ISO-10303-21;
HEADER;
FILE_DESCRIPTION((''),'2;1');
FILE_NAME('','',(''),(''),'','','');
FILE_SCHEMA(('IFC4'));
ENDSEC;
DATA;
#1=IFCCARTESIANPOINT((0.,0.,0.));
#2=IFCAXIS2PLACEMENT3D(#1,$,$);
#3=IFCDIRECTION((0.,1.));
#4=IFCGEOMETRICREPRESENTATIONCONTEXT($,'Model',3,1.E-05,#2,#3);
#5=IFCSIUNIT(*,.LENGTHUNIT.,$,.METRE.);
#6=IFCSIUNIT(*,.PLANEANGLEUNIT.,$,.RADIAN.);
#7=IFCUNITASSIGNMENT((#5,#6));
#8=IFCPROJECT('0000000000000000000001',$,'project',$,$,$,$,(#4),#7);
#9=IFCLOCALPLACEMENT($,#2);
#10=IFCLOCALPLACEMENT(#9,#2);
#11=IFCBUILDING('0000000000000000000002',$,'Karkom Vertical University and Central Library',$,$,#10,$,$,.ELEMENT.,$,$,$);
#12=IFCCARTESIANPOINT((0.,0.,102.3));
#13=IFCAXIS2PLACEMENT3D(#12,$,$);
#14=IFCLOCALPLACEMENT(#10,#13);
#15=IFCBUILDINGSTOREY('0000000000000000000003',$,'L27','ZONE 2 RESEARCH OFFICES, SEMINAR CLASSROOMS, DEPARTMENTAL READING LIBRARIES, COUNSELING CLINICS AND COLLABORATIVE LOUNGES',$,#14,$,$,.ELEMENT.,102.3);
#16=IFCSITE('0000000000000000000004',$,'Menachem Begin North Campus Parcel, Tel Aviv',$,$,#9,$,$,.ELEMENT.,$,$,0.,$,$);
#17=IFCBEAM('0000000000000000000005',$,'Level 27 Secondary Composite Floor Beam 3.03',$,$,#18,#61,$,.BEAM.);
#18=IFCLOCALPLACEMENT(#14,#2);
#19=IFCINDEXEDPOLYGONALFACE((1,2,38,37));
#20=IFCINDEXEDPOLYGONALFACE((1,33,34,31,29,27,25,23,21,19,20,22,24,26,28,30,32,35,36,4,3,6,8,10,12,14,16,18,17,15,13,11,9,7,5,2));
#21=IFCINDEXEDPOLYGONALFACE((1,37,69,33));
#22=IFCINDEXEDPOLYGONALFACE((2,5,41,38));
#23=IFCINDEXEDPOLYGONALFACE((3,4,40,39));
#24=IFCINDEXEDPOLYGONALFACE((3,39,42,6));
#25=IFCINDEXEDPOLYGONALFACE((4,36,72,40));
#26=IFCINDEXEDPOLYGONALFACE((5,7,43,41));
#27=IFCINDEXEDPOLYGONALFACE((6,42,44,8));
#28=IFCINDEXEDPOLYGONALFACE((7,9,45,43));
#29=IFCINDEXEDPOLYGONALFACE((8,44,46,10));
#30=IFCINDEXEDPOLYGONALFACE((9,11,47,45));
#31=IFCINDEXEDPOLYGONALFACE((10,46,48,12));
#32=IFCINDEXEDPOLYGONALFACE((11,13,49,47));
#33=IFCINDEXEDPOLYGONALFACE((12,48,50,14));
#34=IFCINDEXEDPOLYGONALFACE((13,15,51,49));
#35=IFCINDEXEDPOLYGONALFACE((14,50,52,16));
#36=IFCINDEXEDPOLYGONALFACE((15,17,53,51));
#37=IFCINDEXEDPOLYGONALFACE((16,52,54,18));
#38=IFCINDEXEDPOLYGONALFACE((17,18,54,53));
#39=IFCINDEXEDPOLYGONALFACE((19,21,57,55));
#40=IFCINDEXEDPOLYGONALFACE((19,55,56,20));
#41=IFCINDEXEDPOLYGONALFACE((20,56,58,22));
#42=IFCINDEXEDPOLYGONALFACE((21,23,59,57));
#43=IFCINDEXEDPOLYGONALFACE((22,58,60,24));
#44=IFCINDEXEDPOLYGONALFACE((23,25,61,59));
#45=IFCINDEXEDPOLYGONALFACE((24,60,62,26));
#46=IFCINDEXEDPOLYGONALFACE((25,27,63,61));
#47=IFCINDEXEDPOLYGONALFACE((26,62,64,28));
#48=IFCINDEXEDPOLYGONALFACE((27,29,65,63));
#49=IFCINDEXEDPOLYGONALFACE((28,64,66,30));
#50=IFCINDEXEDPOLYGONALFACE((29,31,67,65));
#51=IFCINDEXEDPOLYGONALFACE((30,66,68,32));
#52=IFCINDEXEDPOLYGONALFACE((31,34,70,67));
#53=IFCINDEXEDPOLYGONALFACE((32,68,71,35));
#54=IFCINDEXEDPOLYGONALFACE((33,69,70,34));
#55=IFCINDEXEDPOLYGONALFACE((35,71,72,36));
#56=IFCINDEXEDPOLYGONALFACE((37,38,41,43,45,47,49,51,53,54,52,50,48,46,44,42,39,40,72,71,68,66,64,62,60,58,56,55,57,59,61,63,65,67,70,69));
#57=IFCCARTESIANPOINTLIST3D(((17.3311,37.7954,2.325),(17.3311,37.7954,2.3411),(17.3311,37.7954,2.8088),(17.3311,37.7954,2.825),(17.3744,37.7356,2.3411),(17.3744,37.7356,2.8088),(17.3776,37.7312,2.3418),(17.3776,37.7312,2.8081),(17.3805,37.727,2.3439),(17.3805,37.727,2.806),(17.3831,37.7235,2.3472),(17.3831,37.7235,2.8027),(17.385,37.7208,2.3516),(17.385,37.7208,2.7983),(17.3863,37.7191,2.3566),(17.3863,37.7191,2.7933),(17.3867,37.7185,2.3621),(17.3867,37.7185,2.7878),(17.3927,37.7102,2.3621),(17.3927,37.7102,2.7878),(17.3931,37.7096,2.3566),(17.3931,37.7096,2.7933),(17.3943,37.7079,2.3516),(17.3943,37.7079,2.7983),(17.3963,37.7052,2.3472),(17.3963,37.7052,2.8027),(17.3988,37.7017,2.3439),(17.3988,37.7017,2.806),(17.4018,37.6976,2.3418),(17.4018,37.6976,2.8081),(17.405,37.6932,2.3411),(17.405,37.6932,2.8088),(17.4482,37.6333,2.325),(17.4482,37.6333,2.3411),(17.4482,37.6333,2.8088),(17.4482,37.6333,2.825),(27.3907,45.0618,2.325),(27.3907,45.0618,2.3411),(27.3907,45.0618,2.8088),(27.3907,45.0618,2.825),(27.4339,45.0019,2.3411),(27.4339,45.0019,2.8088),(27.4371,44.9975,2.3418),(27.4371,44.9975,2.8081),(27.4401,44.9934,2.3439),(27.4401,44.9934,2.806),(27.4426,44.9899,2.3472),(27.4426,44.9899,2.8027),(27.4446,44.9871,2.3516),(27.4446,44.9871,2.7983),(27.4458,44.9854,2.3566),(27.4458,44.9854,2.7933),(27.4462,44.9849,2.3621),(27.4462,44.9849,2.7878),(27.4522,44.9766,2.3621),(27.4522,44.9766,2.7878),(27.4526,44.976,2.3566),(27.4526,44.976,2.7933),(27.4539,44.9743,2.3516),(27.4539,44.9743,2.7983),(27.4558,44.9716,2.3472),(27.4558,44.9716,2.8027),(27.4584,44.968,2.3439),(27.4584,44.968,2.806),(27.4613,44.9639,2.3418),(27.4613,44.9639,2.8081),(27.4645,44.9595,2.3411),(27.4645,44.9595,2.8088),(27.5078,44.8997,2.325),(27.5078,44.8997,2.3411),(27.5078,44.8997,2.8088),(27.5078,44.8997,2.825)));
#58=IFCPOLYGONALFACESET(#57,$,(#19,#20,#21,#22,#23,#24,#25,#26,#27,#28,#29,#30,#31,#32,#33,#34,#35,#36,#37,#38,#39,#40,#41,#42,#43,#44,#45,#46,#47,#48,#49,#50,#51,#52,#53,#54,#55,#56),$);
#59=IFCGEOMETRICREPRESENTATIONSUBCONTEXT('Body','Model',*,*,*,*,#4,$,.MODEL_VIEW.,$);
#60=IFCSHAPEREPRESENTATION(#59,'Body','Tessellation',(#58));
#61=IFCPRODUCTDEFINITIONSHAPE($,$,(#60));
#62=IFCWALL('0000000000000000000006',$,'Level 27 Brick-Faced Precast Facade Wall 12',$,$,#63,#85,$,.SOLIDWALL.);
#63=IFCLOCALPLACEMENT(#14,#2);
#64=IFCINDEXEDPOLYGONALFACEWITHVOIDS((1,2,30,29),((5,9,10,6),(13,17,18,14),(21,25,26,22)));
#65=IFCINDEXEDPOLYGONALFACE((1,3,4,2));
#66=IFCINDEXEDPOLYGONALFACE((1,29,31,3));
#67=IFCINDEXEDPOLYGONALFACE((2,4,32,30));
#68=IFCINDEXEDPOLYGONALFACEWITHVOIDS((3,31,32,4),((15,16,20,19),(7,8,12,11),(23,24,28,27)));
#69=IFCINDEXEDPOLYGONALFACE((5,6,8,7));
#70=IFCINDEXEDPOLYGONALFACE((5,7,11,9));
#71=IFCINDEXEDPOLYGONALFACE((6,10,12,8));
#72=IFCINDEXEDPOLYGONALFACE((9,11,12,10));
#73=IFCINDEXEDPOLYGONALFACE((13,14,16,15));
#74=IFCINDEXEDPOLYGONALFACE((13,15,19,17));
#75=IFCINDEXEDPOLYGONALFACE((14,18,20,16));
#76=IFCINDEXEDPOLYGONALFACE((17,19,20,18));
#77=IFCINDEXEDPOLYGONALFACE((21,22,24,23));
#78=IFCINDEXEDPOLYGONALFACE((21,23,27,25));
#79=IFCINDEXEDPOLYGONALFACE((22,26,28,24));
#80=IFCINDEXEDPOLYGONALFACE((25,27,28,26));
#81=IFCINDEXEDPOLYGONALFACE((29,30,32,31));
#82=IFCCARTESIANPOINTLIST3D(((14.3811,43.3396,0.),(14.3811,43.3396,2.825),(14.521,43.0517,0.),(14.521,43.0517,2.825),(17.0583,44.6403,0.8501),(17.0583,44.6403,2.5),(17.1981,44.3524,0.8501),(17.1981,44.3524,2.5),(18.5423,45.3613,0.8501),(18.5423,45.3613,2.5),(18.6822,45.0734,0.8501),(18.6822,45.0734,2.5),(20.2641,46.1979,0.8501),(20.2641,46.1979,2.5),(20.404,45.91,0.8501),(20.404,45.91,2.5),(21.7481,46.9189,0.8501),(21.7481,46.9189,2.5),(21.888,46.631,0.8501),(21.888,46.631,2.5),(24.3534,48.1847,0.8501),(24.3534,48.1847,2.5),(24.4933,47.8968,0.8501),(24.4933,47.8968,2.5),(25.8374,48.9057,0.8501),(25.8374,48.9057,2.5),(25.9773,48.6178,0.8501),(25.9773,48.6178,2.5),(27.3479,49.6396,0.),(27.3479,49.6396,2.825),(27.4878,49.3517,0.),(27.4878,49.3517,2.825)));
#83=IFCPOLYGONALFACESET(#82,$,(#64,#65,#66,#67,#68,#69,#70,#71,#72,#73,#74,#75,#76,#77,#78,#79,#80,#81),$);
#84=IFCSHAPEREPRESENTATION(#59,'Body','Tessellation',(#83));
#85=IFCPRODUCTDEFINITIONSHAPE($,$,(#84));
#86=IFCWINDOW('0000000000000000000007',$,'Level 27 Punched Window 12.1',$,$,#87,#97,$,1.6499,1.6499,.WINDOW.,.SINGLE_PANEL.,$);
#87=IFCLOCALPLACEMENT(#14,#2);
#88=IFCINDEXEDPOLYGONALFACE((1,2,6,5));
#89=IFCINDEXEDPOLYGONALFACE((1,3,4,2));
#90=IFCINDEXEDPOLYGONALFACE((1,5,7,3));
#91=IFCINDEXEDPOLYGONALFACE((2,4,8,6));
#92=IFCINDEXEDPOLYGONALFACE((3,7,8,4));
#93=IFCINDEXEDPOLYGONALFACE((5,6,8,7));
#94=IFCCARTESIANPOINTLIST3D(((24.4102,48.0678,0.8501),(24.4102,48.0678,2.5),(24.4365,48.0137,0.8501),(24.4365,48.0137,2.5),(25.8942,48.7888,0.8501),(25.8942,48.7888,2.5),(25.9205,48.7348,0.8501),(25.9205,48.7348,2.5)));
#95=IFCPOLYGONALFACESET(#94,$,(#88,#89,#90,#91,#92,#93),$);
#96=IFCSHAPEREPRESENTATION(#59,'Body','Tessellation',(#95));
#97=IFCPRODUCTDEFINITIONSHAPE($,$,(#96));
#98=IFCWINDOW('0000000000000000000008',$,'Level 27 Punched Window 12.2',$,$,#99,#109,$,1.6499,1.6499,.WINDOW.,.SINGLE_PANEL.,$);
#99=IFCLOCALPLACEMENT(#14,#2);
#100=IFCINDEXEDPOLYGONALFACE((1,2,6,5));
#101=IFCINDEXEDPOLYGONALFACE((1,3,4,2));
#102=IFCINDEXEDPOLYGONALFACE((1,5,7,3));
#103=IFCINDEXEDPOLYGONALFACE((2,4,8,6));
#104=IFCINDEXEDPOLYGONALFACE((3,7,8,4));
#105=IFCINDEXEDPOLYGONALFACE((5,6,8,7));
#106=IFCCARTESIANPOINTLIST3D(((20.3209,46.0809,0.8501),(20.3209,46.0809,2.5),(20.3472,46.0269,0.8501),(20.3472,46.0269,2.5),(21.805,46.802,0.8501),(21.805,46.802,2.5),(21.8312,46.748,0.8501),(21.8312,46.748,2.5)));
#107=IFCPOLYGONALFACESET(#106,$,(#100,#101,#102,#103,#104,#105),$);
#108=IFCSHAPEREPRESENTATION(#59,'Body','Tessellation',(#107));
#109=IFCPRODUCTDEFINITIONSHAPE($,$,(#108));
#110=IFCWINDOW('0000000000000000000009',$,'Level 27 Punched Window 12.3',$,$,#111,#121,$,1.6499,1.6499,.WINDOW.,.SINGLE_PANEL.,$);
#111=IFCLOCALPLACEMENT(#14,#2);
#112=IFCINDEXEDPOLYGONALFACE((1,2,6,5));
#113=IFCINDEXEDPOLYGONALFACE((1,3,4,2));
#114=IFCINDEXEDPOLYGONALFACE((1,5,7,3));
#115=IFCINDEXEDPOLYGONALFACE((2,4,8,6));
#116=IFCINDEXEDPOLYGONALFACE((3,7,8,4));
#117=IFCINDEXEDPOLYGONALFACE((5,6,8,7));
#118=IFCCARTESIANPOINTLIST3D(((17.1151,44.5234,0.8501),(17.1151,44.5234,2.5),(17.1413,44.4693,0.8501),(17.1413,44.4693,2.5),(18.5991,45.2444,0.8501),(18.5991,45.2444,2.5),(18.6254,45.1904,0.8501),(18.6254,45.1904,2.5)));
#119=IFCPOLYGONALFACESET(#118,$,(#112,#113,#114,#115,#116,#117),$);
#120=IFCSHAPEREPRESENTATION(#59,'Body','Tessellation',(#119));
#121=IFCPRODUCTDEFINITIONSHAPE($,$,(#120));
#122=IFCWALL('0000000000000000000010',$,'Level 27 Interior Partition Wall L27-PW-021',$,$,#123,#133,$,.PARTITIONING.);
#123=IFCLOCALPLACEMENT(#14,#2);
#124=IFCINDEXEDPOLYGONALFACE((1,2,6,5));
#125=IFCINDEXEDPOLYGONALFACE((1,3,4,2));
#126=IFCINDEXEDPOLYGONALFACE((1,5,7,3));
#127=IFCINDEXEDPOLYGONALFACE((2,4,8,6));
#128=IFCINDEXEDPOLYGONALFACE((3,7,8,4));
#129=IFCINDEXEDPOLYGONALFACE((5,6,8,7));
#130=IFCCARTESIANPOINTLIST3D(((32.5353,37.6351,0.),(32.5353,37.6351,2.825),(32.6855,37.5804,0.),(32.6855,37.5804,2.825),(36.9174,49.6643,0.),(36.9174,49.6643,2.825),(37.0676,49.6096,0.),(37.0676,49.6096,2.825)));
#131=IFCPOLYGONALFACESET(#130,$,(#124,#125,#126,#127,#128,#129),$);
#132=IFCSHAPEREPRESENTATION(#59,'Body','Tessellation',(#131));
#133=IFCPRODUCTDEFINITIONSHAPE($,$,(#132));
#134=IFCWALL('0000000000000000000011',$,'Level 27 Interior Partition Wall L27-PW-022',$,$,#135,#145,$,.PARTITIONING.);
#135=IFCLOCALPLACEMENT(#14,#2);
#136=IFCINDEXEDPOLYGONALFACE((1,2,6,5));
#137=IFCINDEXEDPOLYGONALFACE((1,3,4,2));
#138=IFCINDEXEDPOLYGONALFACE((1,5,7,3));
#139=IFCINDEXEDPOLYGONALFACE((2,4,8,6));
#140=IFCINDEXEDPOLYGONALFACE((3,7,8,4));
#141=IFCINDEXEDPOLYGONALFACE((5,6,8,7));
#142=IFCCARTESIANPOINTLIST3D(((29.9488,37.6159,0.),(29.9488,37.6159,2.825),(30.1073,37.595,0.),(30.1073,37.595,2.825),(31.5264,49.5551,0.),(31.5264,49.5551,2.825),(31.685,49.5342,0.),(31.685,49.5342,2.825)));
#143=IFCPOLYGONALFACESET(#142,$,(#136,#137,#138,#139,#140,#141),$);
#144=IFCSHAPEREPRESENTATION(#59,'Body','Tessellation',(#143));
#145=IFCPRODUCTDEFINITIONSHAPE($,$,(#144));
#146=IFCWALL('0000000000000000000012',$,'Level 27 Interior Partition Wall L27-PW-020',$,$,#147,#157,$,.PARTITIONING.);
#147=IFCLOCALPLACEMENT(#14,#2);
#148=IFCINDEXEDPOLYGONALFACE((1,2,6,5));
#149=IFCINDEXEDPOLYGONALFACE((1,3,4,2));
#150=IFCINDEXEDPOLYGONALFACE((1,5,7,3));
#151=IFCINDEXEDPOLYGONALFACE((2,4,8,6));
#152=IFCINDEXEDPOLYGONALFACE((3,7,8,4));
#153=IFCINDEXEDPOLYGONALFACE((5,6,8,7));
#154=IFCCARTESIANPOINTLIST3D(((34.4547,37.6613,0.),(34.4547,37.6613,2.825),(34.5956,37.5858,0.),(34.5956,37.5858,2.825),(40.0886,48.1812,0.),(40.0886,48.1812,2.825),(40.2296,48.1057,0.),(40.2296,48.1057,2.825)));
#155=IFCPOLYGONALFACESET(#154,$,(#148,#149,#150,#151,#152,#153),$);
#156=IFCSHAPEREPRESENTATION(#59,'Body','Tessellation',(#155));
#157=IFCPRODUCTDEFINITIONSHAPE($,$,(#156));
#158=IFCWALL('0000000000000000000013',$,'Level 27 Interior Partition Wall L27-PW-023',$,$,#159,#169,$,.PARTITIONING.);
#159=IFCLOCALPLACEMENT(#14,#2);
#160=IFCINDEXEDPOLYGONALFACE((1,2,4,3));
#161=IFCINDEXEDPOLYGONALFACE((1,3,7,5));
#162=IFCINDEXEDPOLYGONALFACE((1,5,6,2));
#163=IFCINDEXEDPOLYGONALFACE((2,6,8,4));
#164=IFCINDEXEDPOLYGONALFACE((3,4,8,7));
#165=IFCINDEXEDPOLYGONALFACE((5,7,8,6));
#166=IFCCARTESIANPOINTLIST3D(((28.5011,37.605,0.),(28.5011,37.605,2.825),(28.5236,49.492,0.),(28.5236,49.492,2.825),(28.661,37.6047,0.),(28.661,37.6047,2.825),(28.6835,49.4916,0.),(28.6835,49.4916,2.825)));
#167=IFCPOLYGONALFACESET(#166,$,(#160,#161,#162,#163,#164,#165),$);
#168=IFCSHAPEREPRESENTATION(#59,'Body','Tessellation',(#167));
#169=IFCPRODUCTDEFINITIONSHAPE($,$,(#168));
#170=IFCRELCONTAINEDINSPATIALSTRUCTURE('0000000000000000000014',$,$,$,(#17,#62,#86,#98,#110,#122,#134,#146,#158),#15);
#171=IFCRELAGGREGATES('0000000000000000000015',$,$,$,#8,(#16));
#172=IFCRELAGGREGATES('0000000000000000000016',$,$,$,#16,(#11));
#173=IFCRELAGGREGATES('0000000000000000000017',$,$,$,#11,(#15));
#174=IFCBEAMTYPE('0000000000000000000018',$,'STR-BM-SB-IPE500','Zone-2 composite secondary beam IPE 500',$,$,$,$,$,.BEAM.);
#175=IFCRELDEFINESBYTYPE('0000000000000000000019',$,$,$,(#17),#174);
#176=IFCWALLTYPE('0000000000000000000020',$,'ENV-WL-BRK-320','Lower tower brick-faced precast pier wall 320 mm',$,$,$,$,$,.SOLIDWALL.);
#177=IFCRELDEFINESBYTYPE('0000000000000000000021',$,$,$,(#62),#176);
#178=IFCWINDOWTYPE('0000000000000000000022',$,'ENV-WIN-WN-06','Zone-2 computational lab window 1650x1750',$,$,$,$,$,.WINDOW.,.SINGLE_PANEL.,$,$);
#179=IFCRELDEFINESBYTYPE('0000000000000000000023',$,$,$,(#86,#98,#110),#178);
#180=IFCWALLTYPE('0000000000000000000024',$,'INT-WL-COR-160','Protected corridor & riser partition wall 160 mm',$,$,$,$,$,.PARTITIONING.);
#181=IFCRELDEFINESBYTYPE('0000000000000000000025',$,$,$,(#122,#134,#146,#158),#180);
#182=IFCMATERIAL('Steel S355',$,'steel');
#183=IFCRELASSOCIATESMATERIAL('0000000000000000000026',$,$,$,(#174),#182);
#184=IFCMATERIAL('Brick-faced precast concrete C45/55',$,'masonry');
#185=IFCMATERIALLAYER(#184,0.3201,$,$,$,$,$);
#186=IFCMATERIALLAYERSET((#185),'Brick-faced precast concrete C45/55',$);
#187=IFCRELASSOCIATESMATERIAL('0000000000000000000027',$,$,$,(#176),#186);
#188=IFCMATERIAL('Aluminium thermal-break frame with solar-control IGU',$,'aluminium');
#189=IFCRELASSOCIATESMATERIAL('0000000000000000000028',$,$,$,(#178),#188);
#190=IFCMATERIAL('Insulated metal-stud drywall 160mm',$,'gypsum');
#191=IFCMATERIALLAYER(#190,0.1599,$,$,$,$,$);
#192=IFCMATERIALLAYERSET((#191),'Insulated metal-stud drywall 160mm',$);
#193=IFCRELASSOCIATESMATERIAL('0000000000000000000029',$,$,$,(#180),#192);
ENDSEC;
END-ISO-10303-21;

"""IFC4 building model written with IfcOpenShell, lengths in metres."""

from ifc_helpers import new_model, si_unit, direction, frame, frame_2d, origin, origin_with_axes, origin_2d, place, context, subcontext, project, spatial, rectangle, i_section, extrude, source, transform, mapped, material, layer, layer_set, material_profile, profile_set, type_object, element, fill, save


model = new_model("IFC4")

# Units and contexts
model_context = context("Model", 3, precision=1e-05, world=origin(), true_north=direction((0.0, 1.0)))
body_context = subcontext(model_context, "Body", "Model", "MODEL_VIEW")
ifc_project = project(units=[si_unit("LENGTHUNIT", "METRE"), si_unit("PLANEANGLEUNIT", "RADIAN")], contexts=[model_context])

# Site, building, storey
site_placement = place(None, origin())
site = spatial("IfcSite", under=ifc_project, at=site_placement, Name="Menachem Begin North Campus Parcel, Tel Aviv", CompositionType="ELEMENT", RefElevation=0.0)
building_placement = place(site_placement, origin())
building = spatial("IfcBuilding", under=site, at=building_placement, Name="Karkom Vertical University and Central Library", CompositionType="ELEMENT")
storey_placement = place(building_placement, frame((0.0, 0.0, 102.3)))
storey = spatial("IfcBuildingStorey", under=building, at=storey_placement, Name="L27", Description="ZONE 2 RESEARCH OFFICES, SEMINAR CLASSROOMS, DEPARTMENTAL READING LIBRARIES, COUNSELING CLINICS AND COLLABORATIVE LOUNGES", CompositionType="ELEMENT", Elevation=102.3)

# Beam
ifc_material_1 = material(Name="Steel S355", Category="steel")
ifc_material_profile_1 = material_profile(ifc_material_1, i_section(OverallWidth=0.2, OverallDepth=0.5, WebThickness=0.0103, FlangeThickness=0.0161, FilletRadius=0.021, at=origin_2d()), Name="IPE 500")
ifc_profile_set_1 = profile_set([ifc_material_profile_1], Name="Steel S355")
beam_type_1 = type_object("IfcBeamType", Name="STR-BM-SB-IPE500", Description="Zone-2 composite secondary beam IPE 500", PredefinedType="BEAM", material=ifc_profile_set_1)
shared_shape_1 = source(origin_with_axes(), body_context, "Body", "SweptSolid", [
    extrude(i_section(OverallWidth=0.2, OverallDepth=0.5, WebThickness=0.0103, FlangeThickness=0.0161, FilletRadius=0.021, at=origin_2d()), origin(), (0.0, 0.0, 1.0), 12.4094),
])
beam_1_placement = place(storey_placement, frame((27.4492, 44.9807, 2.575), z_axis=(-0.810637, -0.585549, 0.0), x_axis=(0.585549, -0.810637, 0.0)))
element("IfcBeam", 1, at=beam_1_placement, inside=storey, type_object=beam_type_1, Name="Level 27 Secondary Composite Floor Beam 3.03", PredefinedType="BEAM", context=body_context, shape_type="MappedRepresentation", body=[
    mapped(shared_shape_1, transform((0.0, 0.0, 0.0), scale=1.0)),
])

# Wall, openings, windows
ifc_material_2 = material(Name="Brick-faced precast concrete C45/55", Category="masonry")
ifc_layer_1 = layer(ifc_material_2, 0.3201)
ifc_layer_set_1 = layer_set([ifc_layer_1], Name="Brick-faced precast concrete C45/55")
wall_type_1 = type_object("IfcWallType", Name="ENV-WL-BRK-320", Description="Lower tower brick-faced precast pier wall 320 mm", PredefinedType="SOLIDWALL", material=ifc_layer_set_1)
wall_1_placement = place(storey_placement, frame((27.4177, 49.4956, 0.0), z_axis=(0.0, 0.0, 1.0), x_axis=(-0.899457, -0.43701, 0.0)))
wall_1 = element("IfcWall", 2, at=wall_1_placement, inside=storey, type_object=wall_type_1, Name="Level 27 Brick-Faced Precast Facade Wall 12", PredefinedType="SOLIDWALL", context=body_context, shape_type="SweptSolid", body=[
    extrude(rectangle(XDim=14.4163, YDim=0.3201, at=frame_2d((7.208, 0.0))), origin(), (0.0, 0.0, 1.0), 2.825),
])
opening_1_placement = place(wall_1_placement, frame((1.6792, 0.0, 0.8501)))
opening_1 = element("IfcOpeningElement", 3, at=opening_1_placement, cuts=wall_1, PredefinedType="OPENING", context=body_context, shape_type="SweptSolid", body=[
    extrude(rectangle(XDim=1.6499, YDim=1.6499, at=frame_2d((0.825, 0.825))), frame((0.0, 0.1699, 0.0), z_axis=(0.0, -1.0, 0.0), x_axis=(1.0, 0.0, 0.0)), (0.0, 0.0, 1.0), 0.3401),
])
opening_2_placement = place(wall_1_placement, frame((6.2256, 0.0, 0.8501)))
opening_2 = element("IfcOpeningElement", 4, at=opening_2_placement, cuts=wall_1, PredefinedType="OPENING", context=body_context, shape_type="SweptSolid", body=[
    extrude(rectangle(XDim=1.6499, YDim=1.6499, at=frame_2d((0.825, 0.825))), frame((0.0, 0.1699, 0.0), z_axis=(0.0, -1.0, 0.0), x_axis=(1.0, 0.0, 0.0)), (0.0, 0.0, 1.0), 0.3401),
])
opening_3_placement = place(wall_1_placement, frame((9.7898, 0.0, 0.8501)))
opening_3 = element("IfcOpeningElement", 5, at=opening_3_placement, cuts=wall_1, PredefinedType="OPENING", context=body_context, shape_type="SweptSolid", body=[
    extrude(rectangle(XDim=1.6499, YDim=1.6499, at=frame_2d((0.825, 0.825))), frame((0.0, 0.1699, 0.0), z_axis=(0.0, -1.0, 0.0), x_axis=(1.0, 0.0, 0.0)), (0.0, 0.0, 1.0), 0.3401),
])
ifc_material_3 = material(Name="Aluminium thermal-break frame with solar-control IGU", Category="aluminium")
window_type = type_object("IfcWindowType", Name="ENV-WIN-WN-06", Description="Zone-2 computational lab window 1650x1750", PartitioningType="SINGLE_PANEL", PredefinedType="WINDOW", material=ifc_material_3)
shared_shape_2 = source(origin_with_axes(), body_context, "Body", "SweptSolid", [
    extrude(rectangle(XDim=1.6499, YDim=1.6499, at=frame_2d((0.825, 0.825))), frame((0.0, 0.03, 0.0), z_axis=(0.0, -1.0, 0.0), x_axis=(1.0, 0.0, 0.0)), (0.0, 0.0, 1.0), 0.0601),
])
window_1_placement = place(opening_1_placement, origin())
window_1 = element("IfcWindow", 6, at=window_1_placement, inside=storey, type_object=window_type, Name="Level 27 Punched Window 12.1", OverallHeight=1.6499, OverallWidth=1.6499, PartitioningType="SINGLE_PANEL", PredefinedType="WINDOW", context=body_context, shape_type="MappedRepresentation", body=[
    mapped(shared_shape_2, transform((0.0, 0.0, 0.0), scale=1.0)),
])
fill(opening_1, window_1)
window_2_placement = place(opening_2_placement, origin())
window_2 = element("IfcWindow", 7, at=window_2_placement, inside=storey, type_object=window_type, Name="Level 27 Punched Window 12.2", OverallHeight=1.6499, OverallWidth=1.6499, PartitioningType="SINGLE_PANEL", PredefinedType="WINDOW", context=body_context, shape_type="MappedRepresentation", body=[
    mapped(shared_shape_2, transform((0.0, 0.0, 0.0), scale=1.0)),
])
fill(opening_2, window_2)
window_3_placement = place(opening_3_placement, origin())
window_3 = element("IfcWindow", 8, at=window_3_placement, inside=storey, type_object=window_type, Name="Level 27 Punched Window 12.3", OverallHeight=1.6499, OverallWidth=1.6499, PartitioningType="SINGLE_PANEL", PredefinedType="WINDOW", context=body_context, shape_type="MappedRepresentation", body=[
    mapped(shared_shape_2, transform((0.0, 0.0, 0.0), scale=1.0)),
])
fill(opening_3, window_3)

# Walls
ifc_material_4 = material(Name="Insulated metal-stud drywall 160mm", Category="gypsum")
ifc_layer_2 = layer(ifc_material_4, 0.1599)
ifc_layer_set_2 = layer_set([ifc_layer_2], Name="Insulated metal-stud drywall 160mm")
wall_type_2 = type_object("IfcWallType", Name="INT-WL-COR-160", Description="Protected corridor & riser partition wall 160 mm", PredefinedType="PARTITIONING", material=ifc_layer_set_2)
wall_2_placement = place(storey_placement, frame((32.6104, 37.6077, 0.0), z_axis=(0.0, 0.0, 1.0), x_axis=(0.342287, 0.939596, 0.0)))
element("IfcWall", 9, at=wall_2_placement, inside=storey, type_object=wall_type_2, Name="Level 27 Interior Partition Wall L27-PW-021", PredefinedType="PARTITIONING", context=body_context, shape_type="SweptSolid", body=[
    extrude(rectangle(XDim=12.8025, YDim=0.1599, at=frame_2d((6.4014, 0.0))), origin(), (0.0, 0.0, 1.0), 2.825),
])
wall_3_placement = place(storey_placement, frame((30.0281, 37.6055, 0.0), z_axis=(0.0, 0.0, 1.0), x_axis=(0.131, 0.991382, 0.0)))
element("IfcWall", 10, at=wall_3_placement, inside=storey, type_object=wall_type_2, Name="Level 27 Interior Partition Wall L27-PW-022", PredefinedType="PARTITIONING", context=body_context, shape_type="SweptSolid", body=[
    extrude(rectangle(XDim=12.043, YDim=0.1599, at=frame_2d((6.0215, 0.0))), origin(), (0.0, 0.0, 1.0), 2.825),
])
wall_4_placement = place(storey_placement, frame((34.5251, 37.6235, 0.0), z_axis=(0.0, 0.0, 1.0), x_axis=(0.472111, 0.881539, 0.0)))
element("IfcWall", 11, at=wall_4_placement, inside=storey, type_object=wall_type_2, Name="Level 27 Interior Partition Wall L27-PW-020", PredefinedType="PARTITIONING", context=body_context, shape_type="SweptSolid", body=[
    extrude(rectangle(XDim=11.9336, YDim=0.1599, at=frame_2d((5.9668, 0.0))), origin(), (0.0, 0.0, 1.0), 2.825),
])
wall_5_placement = place(storey_placement, frame((28.5811, 37.605, 0.0), z_axis=(0.0, 0.0, 1.0), x_axis=(0.00189, 0.999998, 0.0)))
element("IfcWall", 12, at=wall_5_placement, inside=storey, type_object=wall_type_2, Name="Level 27 Interior Partition Wall L27-PW-023", PredefinedType="PARTITIONING", context=body_context, shape_type="SweptSolid", body=[
    extrude(rectangle(XDim=11.887, YDim=0.1599, at=frame_2d((5.9434, 0.0))), origin(), (0.0, 0.0, 1.0), 2.825),
])

save(model, "model.ifc")
